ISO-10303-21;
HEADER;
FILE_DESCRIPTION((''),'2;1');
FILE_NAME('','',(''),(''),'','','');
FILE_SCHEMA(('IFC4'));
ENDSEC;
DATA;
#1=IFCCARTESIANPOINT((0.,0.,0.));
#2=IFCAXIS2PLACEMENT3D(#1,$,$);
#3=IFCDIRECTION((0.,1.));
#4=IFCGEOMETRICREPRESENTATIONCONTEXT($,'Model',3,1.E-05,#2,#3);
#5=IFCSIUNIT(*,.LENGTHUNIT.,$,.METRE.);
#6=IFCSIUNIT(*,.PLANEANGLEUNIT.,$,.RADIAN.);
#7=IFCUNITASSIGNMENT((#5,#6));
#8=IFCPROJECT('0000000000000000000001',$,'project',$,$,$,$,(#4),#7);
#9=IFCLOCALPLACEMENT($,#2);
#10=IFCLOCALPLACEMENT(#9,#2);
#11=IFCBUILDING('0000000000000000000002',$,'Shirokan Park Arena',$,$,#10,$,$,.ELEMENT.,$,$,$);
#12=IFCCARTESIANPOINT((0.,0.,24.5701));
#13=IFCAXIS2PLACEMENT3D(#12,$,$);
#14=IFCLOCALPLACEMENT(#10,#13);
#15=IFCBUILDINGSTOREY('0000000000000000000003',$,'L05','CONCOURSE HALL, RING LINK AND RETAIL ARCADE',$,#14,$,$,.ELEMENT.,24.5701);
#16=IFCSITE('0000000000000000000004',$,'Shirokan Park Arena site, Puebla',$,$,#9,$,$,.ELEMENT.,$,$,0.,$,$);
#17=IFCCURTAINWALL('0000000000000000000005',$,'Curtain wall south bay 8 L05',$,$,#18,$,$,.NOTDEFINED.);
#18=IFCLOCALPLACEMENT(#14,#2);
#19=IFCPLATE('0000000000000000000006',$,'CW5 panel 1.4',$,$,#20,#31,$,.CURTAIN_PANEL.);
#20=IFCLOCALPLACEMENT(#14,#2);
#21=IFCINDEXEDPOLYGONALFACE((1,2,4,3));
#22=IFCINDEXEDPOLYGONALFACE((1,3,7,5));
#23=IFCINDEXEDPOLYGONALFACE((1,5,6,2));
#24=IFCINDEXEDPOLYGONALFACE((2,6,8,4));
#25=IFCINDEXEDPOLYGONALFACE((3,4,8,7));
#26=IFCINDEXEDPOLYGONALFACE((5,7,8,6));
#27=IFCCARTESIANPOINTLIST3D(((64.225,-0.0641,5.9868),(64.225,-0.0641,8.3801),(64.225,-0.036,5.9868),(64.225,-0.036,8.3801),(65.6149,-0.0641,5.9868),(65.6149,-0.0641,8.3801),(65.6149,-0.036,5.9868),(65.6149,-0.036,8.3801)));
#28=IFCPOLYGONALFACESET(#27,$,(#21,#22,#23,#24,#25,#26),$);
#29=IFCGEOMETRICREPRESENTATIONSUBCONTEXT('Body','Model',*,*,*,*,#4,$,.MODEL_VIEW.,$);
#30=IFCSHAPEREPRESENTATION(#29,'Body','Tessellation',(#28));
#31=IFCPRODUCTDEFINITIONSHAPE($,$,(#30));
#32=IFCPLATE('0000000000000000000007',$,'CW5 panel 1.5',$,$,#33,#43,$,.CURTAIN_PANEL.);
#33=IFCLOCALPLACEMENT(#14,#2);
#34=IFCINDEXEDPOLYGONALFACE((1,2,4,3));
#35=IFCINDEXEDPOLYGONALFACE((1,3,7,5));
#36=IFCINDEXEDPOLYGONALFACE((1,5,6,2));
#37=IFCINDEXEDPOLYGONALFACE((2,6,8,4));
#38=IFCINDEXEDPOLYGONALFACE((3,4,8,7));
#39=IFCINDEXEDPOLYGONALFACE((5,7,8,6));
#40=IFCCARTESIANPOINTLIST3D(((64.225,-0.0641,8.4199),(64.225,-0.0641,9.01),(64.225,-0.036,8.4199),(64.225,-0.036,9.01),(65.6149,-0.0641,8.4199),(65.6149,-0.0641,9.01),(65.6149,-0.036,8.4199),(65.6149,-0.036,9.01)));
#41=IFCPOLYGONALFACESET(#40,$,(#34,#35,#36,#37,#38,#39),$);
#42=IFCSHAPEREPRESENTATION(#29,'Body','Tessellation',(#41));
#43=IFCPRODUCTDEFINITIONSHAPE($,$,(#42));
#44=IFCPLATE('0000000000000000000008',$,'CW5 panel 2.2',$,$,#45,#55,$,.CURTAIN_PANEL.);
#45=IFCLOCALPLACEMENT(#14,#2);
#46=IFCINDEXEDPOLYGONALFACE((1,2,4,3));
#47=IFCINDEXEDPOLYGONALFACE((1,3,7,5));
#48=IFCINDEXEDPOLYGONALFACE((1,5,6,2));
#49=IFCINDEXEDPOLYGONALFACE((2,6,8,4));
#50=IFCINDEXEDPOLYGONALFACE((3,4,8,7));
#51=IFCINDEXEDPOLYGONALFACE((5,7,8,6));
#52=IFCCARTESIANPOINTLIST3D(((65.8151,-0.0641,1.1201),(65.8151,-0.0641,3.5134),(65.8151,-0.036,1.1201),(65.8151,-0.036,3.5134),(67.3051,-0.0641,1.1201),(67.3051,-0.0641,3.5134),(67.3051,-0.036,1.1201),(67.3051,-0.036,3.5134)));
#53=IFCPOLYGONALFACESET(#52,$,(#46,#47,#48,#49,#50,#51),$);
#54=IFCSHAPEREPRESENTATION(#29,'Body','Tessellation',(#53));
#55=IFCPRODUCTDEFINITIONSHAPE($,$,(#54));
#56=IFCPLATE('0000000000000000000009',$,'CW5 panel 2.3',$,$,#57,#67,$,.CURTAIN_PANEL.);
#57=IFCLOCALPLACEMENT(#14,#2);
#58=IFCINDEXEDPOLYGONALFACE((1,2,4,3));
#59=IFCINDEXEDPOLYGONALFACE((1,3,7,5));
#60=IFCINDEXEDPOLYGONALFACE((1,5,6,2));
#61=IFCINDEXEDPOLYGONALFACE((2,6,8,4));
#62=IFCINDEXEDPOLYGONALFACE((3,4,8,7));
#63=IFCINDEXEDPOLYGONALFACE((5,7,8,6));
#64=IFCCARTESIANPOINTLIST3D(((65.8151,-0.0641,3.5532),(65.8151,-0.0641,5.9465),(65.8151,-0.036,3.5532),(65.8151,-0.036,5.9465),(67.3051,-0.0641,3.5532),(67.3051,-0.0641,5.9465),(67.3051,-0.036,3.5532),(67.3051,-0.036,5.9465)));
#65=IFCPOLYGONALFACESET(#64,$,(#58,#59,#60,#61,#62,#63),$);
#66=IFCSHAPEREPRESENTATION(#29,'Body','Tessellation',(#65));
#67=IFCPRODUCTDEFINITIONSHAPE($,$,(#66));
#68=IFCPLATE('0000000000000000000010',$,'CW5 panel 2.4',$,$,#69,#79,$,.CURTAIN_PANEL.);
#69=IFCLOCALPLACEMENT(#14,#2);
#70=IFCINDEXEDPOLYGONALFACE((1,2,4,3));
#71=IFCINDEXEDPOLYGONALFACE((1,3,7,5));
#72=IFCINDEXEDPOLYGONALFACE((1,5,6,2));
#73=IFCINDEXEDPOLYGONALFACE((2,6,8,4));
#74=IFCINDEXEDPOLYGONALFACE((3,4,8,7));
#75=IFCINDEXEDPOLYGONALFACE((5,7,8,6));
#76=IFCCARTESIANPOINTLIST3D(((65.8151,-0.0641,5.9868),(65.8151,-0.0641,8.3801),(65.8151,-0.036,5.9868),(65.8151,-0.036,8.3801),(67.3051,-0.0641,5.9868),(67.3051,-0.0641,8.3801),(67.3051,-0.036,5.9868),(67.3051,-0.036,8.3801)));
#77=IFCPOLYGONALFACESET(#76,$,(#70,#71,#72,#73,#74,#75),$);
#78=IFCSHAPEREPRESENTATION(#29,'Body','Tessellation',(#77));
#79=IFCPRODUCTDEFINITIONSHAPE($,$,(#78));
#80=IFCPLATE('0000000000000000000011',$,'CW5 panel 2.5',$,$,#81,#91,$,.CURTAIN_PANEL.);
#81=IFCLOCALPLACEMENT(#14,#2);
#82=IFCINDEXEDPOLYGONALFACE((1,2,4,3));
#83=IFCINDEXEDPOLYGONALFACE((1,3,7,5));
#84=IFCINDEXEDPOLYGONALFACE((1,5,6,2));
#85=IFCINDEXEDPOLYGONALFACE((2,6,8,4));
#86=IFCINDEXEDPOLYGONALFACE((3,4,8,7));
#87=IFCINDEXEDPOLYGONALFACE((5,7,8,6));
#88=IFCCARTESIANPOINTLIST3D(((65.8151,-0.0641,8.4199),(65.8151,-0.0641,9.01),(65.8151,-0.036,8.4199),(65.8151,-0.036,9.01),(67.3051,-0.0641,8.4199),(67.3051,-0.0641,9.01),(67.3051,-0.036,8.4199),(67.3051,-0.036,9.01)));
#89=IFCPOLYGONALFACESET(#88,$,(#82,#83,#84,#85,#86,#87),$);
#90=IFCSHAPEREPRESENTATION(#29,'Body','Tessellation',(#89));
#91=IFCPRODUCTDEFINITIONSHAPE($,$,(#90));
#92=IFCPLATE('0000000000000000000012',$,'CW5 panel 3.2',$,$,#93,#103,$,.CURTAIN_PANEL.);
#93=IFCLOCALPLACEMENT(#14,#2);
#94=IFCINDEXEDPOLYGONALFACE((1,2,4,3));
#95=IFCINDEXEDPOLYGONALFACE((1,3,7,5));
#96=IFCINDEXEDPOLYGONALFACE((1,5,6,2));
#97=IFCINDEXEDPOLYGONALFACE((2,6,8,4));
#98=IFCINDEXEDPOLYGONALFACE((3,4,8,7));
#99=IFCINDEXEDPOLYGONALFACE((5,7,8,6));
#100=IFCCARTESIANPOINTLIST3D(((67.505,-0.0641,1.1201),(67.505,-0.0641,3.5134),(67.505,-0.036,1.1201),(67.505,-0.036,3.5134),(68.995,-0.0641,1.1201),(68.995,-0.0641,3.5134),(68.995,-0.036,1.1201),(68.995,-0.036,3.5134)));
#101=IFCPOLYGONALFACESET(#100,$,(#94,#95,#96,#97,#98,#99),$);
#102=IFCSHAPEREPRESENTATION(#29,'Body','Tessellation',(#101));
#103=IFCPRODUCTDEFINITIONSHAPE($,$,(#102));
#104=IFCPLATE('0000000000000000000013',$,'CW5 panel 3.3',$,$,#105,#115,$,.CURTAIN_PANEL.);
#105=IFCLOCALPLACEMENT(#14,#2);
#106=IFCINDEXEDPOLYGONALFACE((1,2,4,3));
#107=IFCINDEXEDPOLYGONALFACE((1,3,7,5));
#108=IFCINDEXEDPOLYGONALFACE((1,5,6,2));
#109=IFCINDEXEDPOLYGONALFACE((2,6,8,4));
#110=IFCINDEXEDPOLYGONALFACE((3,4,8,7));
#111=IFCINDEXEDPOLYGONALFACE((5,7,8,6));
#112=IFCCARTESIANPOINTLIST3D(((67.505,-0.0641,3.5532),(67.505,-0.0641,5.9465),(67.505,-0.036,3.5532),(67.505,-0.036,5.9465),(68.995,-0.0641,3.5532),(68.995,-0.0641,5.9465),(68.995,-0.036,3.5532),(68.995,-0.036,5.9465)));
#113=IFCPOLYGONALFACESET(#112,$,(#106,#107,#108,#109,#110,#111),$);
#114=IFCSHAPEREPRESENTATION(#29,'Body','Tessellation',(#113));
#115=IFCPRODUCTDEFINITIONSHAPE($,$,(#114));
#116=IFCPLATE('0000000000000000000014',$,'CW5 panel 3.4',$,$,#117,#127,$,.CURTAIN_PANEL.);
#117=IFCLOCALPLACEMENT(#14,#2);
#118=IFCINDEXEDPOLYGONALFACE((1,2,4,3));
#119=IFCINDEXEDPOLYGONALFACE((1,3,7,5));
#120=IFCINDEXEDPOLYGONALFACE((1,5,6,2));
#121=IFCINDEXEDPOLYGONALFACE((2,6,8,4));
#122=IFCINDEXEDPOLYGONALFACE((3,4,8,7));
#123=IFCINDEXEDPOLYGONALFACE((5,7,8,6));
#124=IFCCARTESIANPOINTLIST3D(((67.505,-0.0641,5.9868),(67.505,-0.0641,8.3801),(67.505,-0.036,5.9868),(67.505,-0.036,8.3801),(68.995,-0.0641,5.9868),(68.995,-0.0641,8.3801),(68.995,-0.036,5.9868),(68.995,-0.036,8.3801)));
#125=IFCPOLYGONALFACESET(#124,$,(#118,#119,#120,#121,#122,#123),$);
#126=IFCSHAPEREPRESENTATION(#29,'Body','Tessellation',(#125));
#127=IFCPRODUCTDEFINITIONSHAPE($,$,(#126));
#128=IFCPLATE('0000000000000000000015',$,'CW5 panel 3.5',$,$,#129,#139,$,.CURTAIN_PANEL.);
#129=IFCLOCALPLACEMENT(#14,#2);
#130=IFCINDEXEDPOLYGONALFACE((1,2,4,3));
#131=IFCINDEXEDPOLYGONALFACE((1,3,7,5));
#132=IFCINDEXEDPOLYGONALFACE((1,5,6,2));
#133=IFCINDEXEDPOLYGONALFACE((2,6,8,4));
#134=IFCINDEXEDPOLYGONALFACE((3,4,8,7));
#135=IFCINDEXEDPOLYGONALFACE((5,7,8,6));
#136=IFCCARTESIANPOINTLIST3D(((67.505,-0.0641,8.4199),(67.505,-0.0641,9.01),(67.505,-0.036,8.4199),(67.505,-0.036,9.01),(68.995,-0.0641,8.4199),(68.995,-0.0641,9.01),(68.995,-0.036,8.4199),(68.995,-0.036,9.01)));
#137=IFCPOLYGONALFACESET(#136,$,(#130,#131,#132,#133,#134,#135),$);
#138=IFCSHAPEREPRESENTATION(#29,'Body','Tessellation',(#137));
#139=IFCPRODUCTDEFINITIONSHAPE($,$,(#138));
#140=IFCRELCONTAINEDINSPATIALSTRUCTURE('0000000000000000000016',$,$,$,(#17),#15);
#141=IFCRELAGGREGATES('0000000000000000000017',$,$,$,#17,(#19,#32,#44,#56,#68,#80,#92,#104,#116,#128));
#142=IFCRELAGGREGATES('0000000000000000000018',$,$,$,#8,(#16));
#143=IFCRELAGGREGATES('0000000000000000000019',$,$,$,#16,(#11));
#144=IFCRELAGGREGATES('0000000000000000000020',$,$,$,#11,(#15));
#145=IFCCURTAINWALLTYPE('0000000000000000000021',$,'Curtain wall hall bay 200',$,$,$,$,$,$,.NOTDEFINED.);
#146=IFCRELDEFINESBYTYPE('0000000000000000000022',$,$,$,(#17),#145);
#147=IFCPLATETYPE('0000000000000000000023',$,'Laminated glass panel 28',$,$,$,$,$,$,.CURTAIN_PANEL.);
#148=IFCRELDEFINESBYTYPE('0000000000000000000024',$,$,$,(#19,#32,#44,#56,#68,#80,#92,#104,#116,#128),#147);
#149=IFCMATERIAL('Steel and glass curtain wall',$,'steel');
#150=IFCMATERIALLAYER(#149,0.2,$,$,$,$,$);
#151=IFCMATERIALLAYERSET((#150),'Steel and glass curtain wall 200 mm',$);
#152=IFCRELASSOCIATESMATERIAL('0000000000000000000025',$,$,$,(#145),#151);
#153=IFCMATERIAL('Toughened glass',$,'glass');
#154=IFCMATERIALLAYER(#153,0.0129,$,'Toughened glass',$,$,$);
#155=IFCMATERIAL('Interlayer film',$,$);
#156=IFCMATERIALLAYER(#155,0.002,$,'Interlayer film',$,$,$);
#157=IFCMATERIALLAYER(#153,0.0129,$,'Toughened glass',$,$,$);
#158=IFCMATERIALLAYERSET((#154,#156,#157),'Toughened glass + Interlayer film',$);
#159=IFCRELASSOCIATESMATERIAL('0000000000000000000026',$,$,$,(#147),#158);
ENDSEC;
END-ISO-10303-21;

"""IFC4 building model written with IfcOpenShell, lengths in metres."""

from ifc_helpers import new_model, si_unit, direction, frame, origin, origin_2d, place, context, subcontext, project, spatial, rectangle, extrude, material, layer, layer_set, type_object, element, aggregate, save


model = new_model("IFC4")

# Units and contexts
model_context = context("Model", 3, precision=1e-05, world=origin(), true_north=direction((0.0, 1.0)))
body_context = subcontext(model_context, "Body", "Model", "MODEL_VIEW")
ifc_project = project(units=[si_unit("LENGTHUNIT", "METRE"), si_unit("PLANEANGLEUNIT", "RADIAN")], contexts=[model_context])

# Site, building, storey
site_placement = place(None, origin())
site = spatial("IfcSite", under=ifc_project, at=site_placement, Name="Shirokan Park Arena site, Puebla", CompositionType="ELEMENT", RefElevation=0.0)
building_placement = place(site_placement, origin())
building = spatial("IfcBuilding", under=site, at=building_placement, Name="Shirokan Park Arena", CompositionType="ELEMENT")
storey_placement = place(building_placement, frame((0.0, 0.0, 24.5701)))
storey = spatial("IfcBuildingStorey", under=building, at=storey_placement, Name="L05", Description="CONCOURSE HALL, RING LINK AND RETAIL ARCADE", CompositionType="ELEMENT", Elevation=24.5701)

# Curtain wall, plates
ifc_material_1 = material(Name="Steel and glass curtain wall", Category="steel")
ifc_layer_1 = layer(ifc_material_1, 0.2)
ifc_layer_set_1 = layer_set([ifc_layer_1], Name="Steel and glass curtain wall 200 mm")
curtain_wall_type = type_object("IfcCurtainWallType", Name="Curtain wall hall bay 200", PredefinedType="NOTDEFINED", material=ifc_layer_set_1)
curtain_wall_placement = place(storey_placement, origin())
curtain_wall = element("IfcCurtainWall", 1, at=curtain_wall_placement, inside=storey, type_object=curtain_wall_type, Name="Curtain wall south bay 8 L05", PredefinedType="NOTDEFINED")
ifc_material_2 = material(Name="Toughened glass", Category="glass")
ifc_layer_2 = layer(ifc_material_2, 0.0129, Name="Toughened glass")
ifc_material_3 = material(Name="Interlayer film")
ifc_layer_3 = layer(ifc_material_3, 0.002, Name="Interlayer film")
ifc_layer_4 = layer(ifc_material_2, 0.0129, Name="Toughened glass")
ifc_layer_set_2 = layer_set([ifc_layer_2, ifc_layer_3, ifc_layer_4], Name="Toughened glass + Interlayer film")
plate_type = type_object("IfcPlateType", Name="Laminated glass panel 28", PredefinedType="CURTAIN_PANEL", material=ifc_layer_set_2)
plate_1_placement = place(storey_placement, frame((64.9199, -0.05, 5.9868), z_axis=(0.0, 0.0, 1.0), x_axis=(1.0, 0.0, 0.0)))
plate_1 = element("IfcPlate", 2, at=plate_1_placement, type_object=plate_type, Name="CW5 panel 1.4", PredefinedType="CURTAIN_PANEL", context=body_context, shape_type="SweptSolid", body=[
    extrude(rectangle(XDim=1.3899, YDim=0.0281, at=origin_2d()), origin(), (0.0, 0.0, 1.0), 2.3933),
])
plate_2_placement = place(storey_placement, frame((64.9199, -0.05, 8.4199), z_axis=(0.0, 0.0, 1.0), x_axis=(1.0, 0.0, 0.0)))
plate_2 = element("IfcPlate", 3, at=plate_2_placement, type_object=plate_type, Name="CW5 panel 1.5", PredefinedType="CURTAIN_PANEL", context=body_context, shape_type="SweptSolid", body=[
    extrude(rectangle(XDim=1.3899, YDim=0.0281, at=origin_2d()), origin(), (0.0, 0.0, 1.0), 0.5901),
])
plate_3_placement = place(storey_placement, frame((66.5601, -0.05, 1.1201), z_axis=(0.0, 0.0, 1.0), x_axis=(1.0, 0.0, 0.0)))
plate_3 = element("IfcPlate", 4, at=plate_3_placement, type_object=plate_type, Name="CW5 panel 2.2", PredefinedType="CURTAIN_PANEL", context=body_context, shape_type="SweptSolid", body=[
    extrude(rectangle(XDim=1.49, YDim=0.0281, at=origin_2d()), origin(), (0.0, 0.0, 1.0), 2.3933),
])
plate_4_placement = place(storey_placement, frame((66.5601, -0.05, 3.5532), z_axis=(0.0, 0.0, 1.0), x_axis=(1.0, 0.0, 0.0)))
plate_4 = element("IfcPlate", 5, at=plate_4_placement, type_object=plate_type, Name="CW5 panel 2.3", PredefinedType="CURTAIN_PANEL", context=body_context, shape_type="SweptSolid", body=[
    extrude(rectangle(XDim=1.49, YDim=0.0281, at=origin_2d()), origin(), (0.0, 0.0, 1.0), 2.3933),
])
plate_5_placement = place(storey_placement, frame((66.5601, -0.05, 5.9868), z_axis=(0.0, 0.0, 1.0), x_axis=(1.0, 0.0, 0.0)))
plate_5 = element("IfcPlate", 6, at=plate_5_placement, type_object=plate_type, Name="CW5 panel 2.4", PredefinedType="CURTAIN_PANEL", context=body_context, shape_type="SweptSolid", body=[
    extrude(rectangle(XDim=1.49, YDim=0.0281, at=origin_2d()), origin(), (0.0, 0.0, 1.0), 2.3933),
])
plate_6_placement = place(storey_placement, frame((66.5601, -0.05, 8.4199), z_axis=(0.0, 0.0, 1.0), x_axis=(1.0, 0.0, 0.0)))
plate_6 = element("IfcPlate", 7, at=plate_6_placement, type_object=plate_type, Name="CW5 panel 2.5", PredefinedType="CURTAIN_PANEL", context=body_context, shape_type="SweptSolid", body=[
    extrude(rectangle(XDim=1.49, YDim=0.0281, at=origin_2d()), origin(), (0.0, 0.0, 1.0), 0.5901),
])
plate_7_placement = place(storey_placement, frame((68.25, -0.05, 1.1201), z_axis=(0.0, 0.0, 1.0), x_axis=(1.0, 0.0, 0.0)))
plate_7 = element("IfcPlate", 8, at=plate_7_placement, type_object=plate_type, Name="CW5 panel 3.2", PredefinedType="CURTAIN_PANEL", context=body_context, shape_type="SweptSolid", body=[
    extrude(rectangle(XDim=1.49, YDim=0.0281, at=origin_2d()), origin(), (0.0, 0.0, 1.0), 2.3933),
])
plate_8_placement = place(storey_placement, frame((68.25, -0.05, 3.5532), z_axis=(0.0, 0.0, 1.0), x_axis=(1.0, 0.0, 0.0)))
plate_8 = element("IfcPlate", 9, at=plate_8_placement, type_object=plate_type, Name="CW5 panel 3.3", PredefinedType="CURTAIN_PANEL", context=body_context, shape_type="SweptSolid", body=[
    extrude(rectangle(XDim=1.49, YDim=0.0281, at=origin_2d()), origin(), (0.0, 0.0, 1.0), 2.3933),
])
plate_9_placement = place(storey_placement, frame((68.25, -0.05, 5.9868), z_axis=(0.0, 0.0, 1.0), x_axis=(1.0, 0.0, 0.0)))
plate_9 = element("IfcPlate", 10, at=plate_9_placement, type_object=plate_type, Name="CW5 panel 3.4", PredefinedType="CURTAIN_PANEL", context=body_context, shape_type="SweptSolid", body=[
    extrude(rectangle(XDim=1.49, YDim=0.0281, at=origin_2d()), origin(), (0.0, 0.0, 1.0), 2.3933),
])
plate_10_placement = place(storey_placement, frame((68.25, -0.05, 8.4199), z_axis=(0.0, 0.0, 1.0), x_axis=(1.0, 0.0, 0.0)))
plate_10 = element("IfcPlate", 11, at=plate_10_placement, type_object=plate_type, Name="CW5 panel 3.5", PredefinedType="CURTAIN_PANEL", context=body_context, shape_type="SweptSolid", body=[
    extrude(rectangle(XDim=1.49, YDim=0.0281, at=origin_2d()), origin(), (0.0, 0.0, 1.0), 0.5901),
])
aggregate(curtain_wall, [plate_1, plate_2, plate_3, plate_4, plate_5, plate_6, plate_7, plate_8, plate_9, plate_10])

save(model, "model.ifc")
